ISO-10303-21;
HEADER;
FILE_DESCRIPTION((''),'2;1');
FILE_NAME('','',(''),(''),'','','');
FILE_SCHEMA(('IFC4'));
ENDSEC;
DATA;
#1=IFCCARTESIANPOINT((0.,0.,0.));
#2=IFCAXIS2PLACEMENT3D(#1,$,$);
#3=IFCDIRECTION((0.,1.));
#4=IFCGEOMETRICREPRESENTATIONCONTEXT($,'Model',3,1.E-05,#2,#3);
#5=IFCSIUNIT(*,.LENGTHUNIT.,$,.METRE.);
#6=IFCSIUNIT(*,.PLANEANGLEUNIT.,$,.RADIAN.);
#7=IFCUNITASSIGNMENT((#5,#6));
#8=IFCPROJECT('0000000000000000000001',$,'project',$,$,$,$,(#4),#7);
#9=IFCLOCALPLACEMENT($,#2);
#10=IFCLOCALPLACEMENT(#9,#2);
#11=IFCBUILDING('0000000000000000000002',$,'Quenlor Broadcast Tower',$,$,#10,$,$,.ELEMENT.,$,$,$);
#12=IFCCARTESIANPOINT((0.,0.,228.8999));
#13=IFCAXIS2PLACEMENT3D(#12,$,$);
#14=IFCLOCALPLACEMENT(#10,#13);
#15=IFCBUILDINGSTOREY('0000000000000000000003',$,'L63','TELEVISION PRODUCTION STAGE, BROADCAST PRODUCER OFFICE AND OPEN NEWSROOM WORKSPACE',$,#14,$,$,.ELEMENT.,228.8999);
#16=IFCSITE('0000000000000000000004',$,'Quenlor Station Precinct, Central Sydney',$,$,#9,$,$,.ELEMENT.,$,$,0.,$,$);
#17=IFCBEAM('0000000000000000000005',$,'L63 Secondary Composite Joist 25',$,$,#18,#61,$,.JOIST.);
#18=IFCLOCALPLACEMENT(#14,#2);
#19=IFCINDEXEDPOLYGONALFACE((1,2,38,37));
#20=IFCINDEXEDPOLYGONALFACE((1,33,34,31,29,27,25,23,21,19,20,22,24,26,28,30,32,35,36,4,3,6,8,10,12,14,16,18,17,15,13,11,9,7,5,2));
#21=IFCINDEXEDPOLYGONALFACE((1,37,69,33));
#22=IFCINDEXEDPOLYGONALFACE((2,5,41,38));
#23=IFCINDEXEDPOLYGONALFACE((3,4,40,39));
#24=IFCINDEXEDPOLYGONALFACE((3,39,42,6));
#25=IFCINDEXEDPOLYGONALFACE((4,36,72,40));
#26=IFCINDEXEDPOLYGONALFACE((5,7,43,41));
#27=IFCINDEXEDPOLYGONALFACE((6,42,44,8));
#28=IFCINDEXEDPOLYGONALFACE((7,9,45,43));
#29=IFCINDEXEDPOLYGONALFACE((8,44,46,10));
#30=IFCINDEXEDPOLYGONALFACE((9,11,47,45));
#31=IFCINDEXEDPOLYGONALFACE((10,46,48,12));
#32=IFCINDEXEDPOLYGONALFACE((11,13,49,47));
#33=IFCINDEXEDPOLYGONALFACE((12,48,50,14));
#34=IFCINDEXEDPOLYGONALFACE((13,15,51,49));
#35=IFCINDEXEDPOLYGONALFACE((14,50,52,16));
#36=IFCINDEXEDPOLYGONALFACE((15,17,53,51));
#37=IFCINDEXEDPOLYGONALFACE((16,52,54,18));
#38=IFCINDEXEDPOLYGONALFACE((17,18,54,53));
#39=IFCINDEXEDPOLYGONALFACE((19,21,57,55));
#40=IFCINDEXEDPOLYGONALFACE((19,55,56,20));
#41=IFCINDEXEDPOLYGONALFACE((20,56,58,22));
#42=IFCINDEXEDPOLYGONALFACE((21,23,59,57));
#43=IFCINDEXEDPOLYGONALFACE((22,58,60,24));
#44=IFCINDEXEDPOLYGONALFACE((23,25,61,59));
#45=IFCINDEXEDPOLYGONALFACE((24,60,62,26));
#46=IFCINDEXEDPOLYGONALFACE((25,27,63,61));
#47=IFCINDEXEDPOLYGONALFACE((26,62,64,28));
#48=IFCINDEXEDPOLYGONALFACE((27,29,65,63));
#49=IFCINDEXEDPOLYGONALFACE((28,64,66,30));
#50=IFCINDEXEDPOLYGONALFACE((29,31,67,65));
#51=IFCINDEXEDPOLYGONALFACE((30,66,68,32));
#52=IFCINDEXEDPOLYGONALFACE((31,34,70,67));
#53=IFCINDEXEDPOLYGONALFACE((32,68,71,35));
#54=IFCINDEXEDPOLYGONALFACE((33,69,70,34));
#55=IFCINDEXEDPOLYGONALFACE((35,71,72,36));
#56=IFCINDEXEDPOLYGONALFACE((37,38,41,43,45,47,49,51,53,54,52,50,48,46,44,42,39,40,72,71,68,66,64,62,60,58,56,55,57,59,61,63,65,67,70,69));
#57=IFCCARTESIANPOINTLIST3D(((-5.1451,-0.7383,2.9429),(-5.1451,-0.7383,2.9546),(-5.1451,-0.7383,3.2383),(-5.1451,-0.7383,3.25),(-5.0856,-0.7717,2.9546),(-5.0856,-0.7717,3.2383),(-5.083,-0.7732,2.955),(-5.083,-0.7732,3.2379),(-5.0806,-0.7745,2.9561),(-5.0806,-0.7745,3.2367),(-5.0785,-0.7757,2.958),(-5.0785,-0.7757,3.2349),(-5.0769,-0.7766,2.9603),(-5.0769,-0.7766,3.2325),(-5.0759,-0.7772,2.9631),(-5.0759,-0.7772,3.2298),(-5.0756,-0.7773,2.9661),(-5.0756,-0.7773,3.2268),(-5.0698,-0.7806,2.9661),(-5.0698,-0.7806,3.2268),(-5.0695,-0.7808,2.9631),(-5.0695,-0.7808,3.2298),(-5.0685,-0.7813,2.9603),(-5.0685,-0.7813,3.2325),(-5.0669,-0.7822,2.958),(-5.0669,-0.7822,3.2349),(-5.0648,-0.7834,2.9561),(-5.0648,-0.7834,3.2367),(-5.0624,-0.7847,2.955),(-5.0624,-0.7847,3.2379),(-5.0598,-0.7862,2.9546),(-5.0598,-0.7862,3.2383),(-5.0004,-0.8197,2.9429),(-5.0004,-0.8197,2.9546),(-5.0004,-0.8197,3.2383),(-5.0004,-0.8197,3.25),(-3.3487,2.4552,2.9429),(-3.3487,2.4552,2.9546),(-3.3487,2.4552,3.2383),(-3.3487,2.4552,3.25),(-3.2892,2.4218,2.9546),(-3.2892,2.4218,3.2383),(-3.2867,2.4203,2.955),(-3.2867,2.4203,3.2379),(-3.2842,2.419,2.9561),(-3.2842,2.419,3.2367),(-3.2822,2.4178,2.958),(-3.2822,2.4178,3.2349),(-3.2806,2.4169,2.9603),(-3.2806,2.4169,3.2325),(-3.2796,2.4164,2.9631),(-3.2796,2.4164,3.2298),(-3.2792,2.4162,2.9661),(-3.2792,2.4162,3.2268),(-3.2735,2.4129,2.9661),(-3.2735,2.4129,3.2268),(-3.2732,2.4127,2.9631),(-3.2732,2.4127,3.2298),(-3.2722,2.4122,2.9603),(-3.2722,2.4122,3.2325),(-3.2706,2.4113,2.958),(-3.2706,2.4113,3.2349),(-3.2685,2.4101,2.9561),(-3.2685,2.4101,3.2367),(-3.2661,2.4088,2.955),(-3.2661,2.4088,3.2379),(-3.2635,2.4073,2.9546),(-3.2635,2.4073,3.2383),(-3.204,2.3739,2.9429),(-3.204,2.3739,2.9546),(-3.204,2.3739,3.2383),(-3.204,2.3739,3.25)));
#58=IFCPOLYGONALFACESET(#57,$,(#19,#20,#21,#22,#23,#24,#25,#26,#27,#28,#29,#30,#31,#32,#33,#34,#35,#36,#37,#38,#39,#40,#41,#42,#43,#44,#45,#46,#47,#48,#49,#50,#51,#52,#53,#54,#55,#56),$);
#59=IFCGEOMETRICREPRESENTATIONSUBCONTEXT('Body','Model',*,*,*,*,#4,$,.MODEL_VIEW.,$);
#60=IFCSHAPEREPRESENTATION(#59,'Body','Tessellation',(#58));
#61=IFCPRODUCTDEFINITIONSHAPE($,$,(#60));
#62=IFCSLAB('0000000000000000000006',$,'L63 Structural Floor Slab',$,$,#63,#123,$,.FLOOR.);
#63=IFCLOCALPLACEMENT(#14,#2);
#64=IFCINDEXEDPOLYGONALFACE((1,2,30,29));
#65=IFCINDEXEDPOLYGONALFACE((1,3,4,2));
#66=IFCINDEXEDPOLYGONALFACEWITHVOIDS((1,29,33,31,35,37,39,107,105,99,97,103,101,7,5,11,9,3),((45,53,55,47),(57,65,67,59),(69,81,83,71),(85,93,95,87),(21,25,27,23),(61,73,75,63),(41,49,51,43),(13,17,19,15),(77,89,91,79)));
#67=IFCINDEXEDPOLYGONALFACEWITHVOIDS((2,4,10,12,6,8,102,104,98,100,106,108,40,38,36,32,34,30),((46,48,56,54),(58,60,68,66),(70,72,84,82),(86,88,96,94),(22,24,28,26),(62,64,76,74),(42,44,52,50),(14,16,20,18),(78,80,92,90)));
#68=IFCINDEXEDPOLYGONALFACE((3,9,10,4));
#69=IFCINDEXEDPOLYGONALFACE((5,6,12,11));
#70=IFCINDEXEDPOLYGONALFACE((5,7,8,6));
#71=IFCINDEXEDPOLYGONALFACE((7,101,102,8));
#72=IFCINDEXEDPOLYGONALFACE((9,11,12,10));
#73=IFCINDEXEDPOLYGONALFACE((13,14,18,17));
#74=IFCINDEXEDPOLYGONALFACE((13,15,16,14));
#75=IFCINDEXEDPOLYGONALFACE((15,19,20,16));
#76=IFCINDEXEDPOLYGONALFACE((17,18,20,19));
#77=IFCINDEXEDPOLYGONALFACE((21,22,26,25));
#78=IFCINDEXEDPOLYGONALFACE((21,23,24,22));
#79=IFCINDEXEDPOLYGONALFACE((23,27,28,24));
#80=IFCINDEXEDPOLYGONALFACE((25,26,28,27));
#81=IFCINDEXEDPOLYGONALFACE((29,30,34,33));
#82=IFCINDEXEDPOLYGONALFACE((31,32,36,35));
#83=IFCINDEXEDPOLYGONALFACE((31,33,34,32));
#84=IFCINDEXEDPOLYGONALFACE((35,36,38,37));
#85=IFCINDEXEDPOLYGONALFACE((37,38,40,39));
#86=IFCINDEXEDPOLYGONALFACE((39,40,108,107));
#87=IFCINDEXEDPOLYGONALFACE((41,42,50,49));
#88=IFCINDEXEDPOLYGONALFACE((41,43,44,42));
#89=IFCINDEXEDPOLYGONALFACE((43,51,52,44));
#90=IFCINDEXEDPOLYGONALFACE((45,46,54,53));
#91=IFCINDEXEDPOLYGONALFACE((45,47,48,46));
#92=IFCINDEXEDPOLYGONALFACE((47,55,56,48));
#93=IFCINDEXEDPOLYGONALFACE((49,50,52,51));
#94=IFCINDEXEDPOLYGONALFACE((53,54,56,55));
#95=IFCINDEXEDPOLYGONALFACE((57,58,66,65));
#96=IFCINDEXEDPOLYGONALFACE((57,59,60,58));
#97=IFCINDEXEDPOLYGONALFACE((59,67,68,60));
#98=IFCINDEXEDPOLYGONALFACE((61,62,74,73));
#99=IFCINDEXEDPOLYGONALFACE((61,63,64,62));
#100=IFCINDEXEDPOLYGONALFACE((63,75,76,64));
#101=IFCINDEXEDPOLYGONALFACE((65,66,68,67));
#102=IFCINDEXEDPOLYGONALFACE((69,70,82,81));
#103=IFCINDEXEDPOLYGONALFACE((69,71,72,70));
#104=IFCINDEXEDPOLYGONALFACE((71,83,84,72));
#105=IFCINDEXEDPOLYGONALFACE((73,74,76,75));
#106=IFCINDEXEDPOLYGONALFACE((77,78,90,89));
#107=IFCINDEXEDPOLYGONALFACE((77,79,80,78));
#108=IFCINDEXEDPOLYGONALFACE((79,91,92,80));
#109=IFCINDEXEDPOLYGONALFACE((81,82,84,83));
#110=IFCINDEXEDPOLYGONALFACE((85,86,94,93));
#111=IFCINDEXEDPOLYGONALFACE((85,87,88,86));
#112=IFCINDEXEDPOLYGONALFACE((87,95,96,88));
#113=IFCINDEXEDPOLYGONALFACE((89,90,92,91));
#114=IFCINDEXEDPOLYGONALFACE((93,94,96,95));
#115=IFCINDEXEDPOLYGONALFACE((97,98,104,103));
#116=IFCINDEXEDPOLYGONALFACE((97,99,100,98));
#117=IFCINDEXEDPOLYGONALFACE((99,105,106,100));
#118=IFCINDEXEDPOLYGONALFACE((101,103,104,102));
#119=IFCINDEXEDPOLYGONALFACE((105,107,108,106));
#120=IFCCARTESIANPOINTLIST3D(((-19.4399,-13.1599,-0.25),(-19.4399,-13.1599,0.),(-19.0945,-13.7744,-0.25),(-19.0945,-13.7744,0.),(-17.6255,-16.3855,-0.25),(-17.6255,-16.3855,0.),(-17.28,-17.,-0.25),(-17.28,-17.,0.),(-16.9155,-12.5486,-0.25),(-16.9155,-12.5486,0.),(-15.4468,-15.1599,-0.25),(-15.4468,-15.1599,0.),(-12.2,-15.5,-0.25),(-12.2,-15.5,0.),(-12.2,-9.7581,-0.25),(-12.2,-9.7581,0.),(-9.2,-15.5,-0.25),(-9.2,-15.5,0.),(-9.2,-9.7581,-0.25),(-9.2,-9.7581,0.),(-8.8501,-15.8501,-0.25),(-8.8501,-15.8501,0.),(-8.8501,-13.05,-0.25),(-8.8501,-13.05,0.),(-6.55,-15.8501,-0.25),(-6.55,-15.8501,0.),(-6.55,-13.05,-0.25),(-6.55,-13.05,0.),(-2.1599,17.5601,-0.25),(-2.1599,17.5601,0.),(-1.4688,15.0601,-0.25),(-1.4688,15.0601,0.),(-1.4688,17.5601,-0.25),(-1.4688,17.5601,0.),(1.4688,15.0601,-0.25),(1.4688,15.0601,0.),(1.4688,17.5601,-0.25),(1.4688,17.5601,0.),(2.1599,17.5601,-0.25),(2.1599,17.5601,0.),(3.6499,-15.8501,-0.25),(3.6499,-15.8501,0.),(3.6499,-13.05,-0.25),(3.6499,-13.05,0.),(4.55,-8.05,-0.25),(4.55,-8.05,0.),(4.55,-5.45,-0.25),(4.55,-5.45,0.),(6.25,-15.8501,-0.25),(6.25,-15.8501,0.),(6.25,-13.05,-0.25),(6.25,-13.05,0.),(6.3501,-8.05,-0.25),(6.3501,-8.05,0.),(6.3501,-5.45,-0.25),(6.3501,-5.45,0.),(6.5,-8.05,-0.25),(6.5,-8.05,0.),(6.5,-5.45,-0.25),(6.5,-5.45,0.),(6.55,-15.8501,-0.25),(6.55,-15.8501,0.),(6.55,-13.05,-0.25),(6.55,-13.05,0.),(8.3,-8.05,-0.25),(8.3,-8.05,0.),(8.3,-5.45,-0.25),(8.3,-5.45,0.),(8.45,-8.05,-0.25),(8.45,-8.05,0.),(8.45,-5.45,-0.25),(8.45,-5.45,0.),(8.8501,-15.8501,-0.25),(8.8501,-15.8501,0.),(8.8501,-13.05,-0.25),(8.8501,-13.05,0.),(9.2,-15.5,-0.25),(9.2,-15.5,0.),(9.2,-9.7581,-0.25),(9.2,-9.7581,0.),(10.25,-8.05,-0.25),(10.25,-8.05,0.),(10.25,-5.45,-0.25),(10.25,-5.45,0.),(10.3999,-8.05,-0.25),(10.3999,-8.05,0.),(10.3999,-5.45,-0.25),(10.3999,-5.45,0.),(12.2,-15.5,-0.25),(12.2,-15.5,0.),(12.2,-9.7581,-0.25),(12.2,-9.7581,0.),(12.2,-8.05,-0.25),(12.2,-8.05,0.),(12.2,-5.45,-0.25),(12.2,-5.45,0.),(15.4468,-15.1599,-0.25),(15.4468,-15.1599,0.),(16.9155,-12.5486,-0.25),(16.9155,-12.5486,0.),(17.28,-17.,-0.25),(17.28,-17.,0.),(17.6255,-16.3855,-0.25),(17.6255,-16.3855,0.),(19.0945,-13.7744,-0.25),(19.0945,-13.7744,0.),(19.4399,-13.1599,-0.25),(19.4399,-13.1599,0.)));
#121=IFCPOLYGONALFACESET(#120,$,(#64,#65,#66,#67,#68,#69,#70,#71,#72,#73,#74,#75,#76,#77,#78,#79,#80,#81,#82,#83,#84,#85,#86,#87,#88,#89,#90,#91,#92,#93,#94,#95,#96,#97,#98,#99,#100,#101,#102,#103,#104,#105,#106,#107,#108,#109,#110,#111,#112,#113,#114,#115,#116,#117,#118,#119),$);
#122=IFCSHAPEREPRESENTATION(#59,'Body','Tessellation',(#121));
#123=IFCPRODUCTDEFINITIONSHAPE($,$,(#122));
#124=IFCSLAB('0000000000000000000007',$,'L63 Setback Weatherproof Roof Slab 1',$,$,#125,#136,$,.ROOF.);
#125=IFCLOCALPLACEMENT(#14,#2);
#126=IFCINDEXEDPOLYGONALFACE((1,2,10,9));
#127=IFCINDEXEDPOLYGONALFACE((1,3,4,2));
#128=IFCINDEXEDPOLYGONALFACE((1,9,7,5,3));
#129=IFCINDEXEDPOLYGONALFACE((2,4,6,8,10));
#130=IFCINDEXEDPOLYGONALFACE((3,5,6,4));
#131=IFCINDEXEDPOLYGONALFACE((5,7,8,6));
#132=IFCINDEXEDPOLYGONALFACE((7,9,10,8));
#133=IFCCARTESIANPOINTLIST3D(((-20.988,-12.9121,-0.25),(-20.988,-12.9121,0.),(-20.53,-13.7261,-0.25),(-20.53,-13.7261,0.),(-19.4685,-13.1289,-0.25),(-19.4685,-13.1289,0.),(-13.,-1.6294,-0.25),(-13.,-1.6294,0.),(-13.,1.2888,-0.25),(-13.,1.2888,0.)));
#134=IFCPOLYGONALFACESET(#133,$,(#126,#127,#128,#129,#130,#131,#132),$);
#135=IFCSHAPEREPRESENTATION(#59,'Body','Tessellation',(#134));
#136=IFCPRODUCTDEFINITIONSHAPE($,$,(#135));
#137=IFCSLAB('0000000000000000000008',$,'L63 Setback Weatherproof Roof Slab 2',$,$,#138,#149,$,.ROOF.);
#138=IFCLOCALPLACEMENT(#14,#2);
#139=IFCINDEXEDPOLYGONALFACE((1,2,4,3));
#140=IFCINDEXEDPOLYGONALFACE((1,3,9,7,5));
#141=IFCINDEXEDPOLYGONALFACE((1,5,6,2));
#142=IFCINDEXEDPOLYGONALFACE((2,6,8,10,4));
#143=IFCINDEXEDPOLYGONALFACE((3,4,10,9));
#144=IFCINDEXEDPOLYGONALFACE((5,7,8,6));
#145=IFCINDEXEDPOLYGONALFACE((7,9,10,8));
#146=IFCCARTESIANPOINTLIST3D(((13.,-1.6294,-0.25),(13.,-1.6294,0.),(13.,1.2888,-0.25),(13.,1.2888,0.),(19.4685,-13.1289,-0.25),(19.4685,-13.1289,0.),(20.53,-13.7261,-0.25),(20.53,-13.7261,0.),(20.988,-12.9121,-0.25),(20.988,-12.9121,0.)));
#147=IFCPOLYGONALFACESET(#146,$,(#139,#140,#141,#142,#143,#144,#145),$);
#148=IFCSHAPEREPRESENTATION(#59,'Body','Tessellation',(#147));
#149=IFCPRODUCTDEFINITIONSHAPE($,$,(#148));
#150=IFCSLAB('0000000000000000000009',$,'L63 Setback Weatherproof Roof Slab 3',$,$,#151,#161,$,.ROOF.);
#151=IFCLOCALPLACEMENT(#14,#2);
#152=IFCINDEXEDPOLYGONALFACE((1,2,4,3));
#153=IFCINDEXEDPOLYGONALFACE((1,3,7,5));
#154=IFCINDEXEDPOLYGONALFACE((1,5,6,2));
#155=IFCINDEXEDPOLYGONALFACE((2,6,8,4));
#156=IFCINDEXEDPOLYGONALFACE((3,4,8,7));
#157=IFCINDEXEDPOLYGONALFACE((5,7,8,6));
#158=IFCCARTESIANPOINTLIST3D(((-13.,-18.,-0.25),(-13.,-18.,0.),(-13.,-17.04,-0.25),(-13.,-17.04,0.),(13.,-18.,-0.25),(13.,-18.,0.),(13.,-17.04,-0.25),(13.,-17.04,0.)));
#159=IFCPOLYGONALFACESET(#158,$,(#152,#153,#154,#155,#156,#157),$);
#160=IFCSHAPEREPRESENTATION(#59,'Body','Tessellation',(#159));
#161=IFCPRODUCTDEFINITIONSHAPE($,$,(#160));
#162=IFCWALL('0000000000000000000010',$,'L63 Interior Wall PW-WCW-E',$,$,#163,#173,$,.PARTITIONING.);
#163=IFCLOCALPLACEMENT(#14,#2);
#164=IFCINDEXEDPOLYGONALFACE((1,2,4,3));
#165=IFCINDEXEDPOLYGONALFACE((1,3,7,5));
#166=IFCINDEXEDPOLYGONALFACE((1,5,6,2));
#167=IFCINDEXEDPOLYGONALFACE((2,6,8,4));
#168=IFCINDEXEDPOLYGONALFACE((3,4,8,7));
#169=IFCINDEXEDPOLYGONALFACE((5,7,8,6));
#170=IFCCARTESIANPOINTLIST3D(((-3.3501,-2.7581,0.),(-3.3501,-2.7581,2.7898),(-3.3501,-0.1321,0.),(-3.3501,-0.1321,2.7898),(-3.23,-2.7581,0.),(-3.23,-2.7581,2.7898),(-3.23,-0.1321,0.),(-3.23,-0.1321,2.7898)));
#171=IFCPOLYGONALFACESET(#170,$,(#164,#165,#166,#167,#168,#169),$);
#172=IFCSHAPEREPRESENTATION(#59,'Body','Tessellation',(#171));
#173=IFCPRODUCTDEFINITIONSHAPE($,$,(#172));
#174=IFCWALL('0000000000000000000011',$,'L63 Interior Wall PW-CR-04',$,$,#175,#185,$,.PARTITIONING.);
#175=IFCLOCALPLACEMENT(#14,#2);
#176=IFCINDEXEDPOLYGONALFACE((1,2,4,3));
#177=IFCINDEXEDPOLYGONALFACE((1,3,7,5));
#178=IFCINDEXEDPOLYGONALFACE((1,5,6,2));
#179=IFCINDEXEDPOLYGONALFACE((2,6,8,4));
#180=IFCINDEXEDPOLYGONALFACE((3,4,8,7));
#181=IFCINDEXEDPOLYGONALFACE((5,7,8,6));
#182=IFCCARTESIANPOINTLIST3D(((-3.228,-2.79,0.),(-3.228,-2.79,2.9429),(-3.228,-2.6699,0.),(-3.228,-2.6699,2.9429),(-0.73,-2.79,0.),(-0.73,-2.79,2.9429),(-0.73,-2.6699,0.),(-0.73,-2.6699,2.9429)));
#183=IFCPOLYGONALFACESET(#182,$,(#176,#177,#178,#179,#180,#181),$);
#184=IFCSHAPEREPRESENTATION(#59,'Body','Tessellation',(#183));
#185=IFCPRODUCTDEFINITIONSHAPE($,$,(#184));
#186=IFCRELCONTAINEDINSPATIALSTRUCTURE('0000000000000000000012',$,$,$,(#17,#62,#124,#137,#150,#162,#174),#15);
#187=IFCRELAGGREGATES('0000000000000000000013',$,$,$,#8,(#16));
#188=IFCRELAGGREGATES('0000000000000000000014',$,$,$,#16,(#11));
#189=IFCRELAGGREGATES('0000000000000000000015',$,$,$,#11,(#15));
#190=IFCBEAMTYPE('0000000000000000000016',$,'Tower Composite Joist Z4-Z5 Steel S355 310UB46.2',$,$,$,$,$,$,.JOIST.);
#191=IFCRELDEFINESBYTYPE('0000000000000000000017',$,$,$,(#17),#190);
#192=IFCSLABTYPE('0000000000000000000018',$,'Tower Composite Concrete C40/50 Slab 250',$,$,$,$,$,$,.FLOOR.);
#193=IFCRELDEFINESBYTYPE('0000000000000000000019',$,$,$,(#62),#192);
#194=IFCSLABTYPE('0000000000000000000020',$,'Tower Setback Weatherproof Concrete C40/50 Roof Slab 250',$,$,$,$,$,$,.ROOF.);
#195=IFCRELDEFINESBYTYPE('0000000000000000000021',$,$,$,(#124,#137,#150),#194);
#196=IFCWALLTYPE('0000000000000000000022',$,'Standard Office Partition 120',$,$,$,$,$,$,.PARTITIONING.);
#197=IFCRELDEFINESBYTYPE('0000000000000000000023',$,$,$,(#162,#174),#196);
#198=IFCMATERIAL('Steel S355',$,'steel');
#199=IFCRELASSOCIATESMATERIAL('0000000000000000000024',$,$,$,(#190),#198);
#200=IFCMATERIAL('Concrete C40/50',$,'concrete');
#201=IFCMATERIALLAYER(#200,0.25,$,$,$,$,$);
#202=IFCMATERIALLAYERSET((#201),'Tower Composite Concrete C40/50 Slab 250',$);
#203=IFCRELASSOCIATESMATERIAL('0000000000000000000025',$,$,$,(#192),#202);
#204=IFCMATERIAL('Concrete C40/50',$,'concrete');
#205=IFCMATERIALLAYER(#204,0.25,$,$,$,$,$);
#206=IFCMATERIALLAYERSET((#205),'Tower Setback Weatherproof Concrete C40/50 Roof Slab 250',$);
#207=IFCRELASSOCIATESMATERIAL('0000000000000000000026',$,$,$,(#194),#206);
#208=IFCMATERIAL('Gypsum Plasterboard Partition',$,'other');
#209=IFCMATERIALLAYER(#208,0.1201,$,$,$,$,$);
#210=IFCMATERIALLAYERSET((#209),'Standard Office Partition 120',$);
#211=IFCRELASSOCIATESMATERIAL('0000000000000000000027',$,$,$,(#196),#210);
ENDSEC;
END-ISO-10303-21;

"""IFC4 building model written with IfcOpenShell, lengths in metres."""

from ifc_helpers import new_model, si_unit, direction, frame, frame_2d, origin, origin_2d, place, context, subcontext, project, spatial, polyline, rectangle, i_section, outline, extrude, material, layer, layer_set, material_profile, profile_set, type_object, element, save


model = new_model("IFC4")

# Units and contexts
model_context = context("Model", 3, precision=1e-05, world=origin(), true_north=direction((0.0, 1.0)))
body_context = subcontext(model_context, "Body", "Model", "MODEL_VIEW")
ifc_project = project(units=[si_unit("LENGTHUNIT", "METRE"), si_unit("PLANEANGLEUNIT", "RADIAN")], contexts=[model_context])

# Site, building, storey
site_placement = place(None, origin())
site = spatial("IfcSite", under=ifc_project, at=site_placement, Name="Quenlor Station Precinct, Central Sydney", CompositionType="ELEMENT", RefElevation=0.0)
building_placement = place(site_placement, origin())
building = spatial("IfcBuilding", under=site, at=building_placement, Name="Quenlor Broadcast Tower", CompositionType="ELEMENT")
storey_placement = place(building_placement, frame((0.0, 0.0, 228.8999)))
storey = spatial("IfcBuildingStorey", under=building, at=storey_placement, Name="L63", Description="TELEVISION PRODUCTION STAGE, BROADCAST PRODUCER OFFICE AND OPEN NEWSROOM WORKSPACE", CompositionType="ELEMENT", Elevation=228.8999)

# Beam
ifc_material_1 = material(Name="Steel S355", Category="steel")
ifc_material_profile = material_profile(ifc_material_1, i_section(OverallWidth=0.166, OverallDepth=0.3071, WebThickness=0.0066, FlangeThickness=0.0117, FilletRadius=0.0115, at=origin_2d()))
ifc_profile_set = profile_set([ifc_material_profile], Name="Steel S355 310UB46.2")
beam_type = type_object("IfcBeamType", Name="Tower Composite Joist Z4-Z5 Steel S355 310UB46.2", PredefinedType="JOIST", material=ifc_profile_set)
beam_placement = place(storey_placement, frame((-3.2764, 2.4146, 3.0964), z_axis=(-0.490258, -0.871577, 0.0), x_axis=(0.871577, -0.490258, 0.0)))
element("IfcBeam", 1, at=beam_placement, inside=storey, type_object=beam_type, Name="L63 Secondary Composite Joist 25", PredefinedType="JOIST", context=body_context, shape_type="SweptSolid", body=[
    extrude(i_section(OverallWidth=0.166, OverallDepth=0.3071, WebThickness=0.0066, FlangeThickness=0.0117, FilletRadius=0.0115, at=origin_2d()), origin(), (0.0, 0.0, 1.0), 3.6641),
])

# Slabs
ifc_material_2 = material(Name="Concrete C40/50", Category="concrete")
ifc_layer_1 = layer(ifc_material_2, 0.25)
ifc_layer_set_1 = layer_set([ifc_layer_1], Name="Tower Composite Concrete C40/50 Slab 250")
slab_type_1 = type_object("IfcSlabType", Name="Tower Composite Concrete C40/50 Slab 250", PredefinedType="FLOOR", material=ifc_layer_set_1)
slab_1_placement = place(storey_placement, frame((0.0, 0.0, -0.25)))
element("IfcSlab", 2, at=slab_1_placement, inside=storey, type_object=slab_type_1, Name="L63 Structural Floor Slab", PredefinedType="FLOOR", context=body_context, shape_type="SweptSolid", body=[
    extrude(outline(polyline([(17.28, -17.0), (17.6255, -16.3855), (15.4468, -15.1599), (16.9155, -12.5486), (19.0945, -13.7744), (19.4399, -13.1599), (2.1599, 17.5601), (1.4688, 17.5601), (1.4688, 15.0601), (-1.4688, 15.0601), (-1.4688, 17.5601), (-2.1599, 17.5601), (-19.4399, -13.1599), (-19.0945, -13.7744), (-16.9155, -12.5486), (-15.4468, -15.1599), (-17.6255, -16.3855), (-17.28, -17.0), (17.28, -17.0)]), holes=[polyline([(-12.2, -9.7581), (-12.2, -15.5), (-9.2, -15.5), (-9.2, -9.7581), (-12.2, -9.7581)]), polyline([(9.2, -9.7581), (9.2, -15.5), (12.2, -15.5), (12.2, -9.7581), (9.2, -9.7581)]), polyline([(4.55, -8.05), (6.3501, -8.05), (6.3501, -5.45), (4.55, -5.45), (4.55, -8.05)]), polyline([(6.5, -8.05), (8.3, -8.05), (8.3, -5.45), (6.5, -5.45), (6.5, -8.05)]), polyline([(8.45, -8.05), (10.25, -8.05), (10.25, -5.45), (8.45, -5.45), (8.45, -8.05)]), polyline([(10.3999, -8.05), (12.2, -8.05), (12.2, -5.45), (10.3999, -5.45), (10.3999, -8.05)]), polyline([(-8.8501, -15.8501), (-6.55, -15.8501), (-6.55, -13.05), (-8.8501, -13.05), (-8.8501, -15.8501)]), polyline([(6.55, -15.8501), (8.8501, -15.8501), (8.8501, -13.05), (6.55, -13.05), (6.55, -15.8501)]), polyline([(3.6499, -15.8501), (6.25, -15.8501), (6.25, -13.05), (3.6499, -13.05), (3.6499, -15.8501)])]), origin(), (0.0, 0.0, 1.0), 0.25),
])
ifc_material_3 = material(Name="Concrete C40/50", Category="concrete")
ifc_layer_2 = layer(ifc_material_3, 0.25)
ifc_layer_set_2 = layer_set([ifc_layer_2], Name="Tower Setback Weatherproof Concrete C40/50 Roof Slab 250")
slab_type_2 = type_object("IfcSlabType", Name="Tower Setback Weatherproof Concrete C40/50 Roof Slab 250", PredefinedType="ROOF", material=ifc_layer_set_2)
slab_2_placement = place(storey_placement, frame((0.0, 0.0, -0.25)))
element("IfcSlab", 3, at=slab_2_placement, inside=storey, type_object=slab_type_2, Name="L63 Setback Weatherproof Roof Slab 1", PredefinedType="ROOF", context=body_context, shape_type="SweptSolid", body=[
    extrude(outline(polyline([(-20.988, -12.9121), (-13.0, 1.2888), (-13.0, -1.6294), (-19.4685, -13.1289), (-20.53, -13.7261), (-20.988, -12.9121)])), origin(), (0.0, 0.0, 1.0), 0.25),
])
slab_3_placement = place(storey_placement, frame((0.0, 0.0, -0.25)))
element("IfcSlab", 4, at=slab_3_placement, inside=storey, type_object=slab_type_2, Name="L63 Setback Weatherproof Roof Slab 2", PredefinedType="ROOF", context=body_context, shape_type="SweptSolid", body=[
    extrude(outline(polyline([(20.988, -12.9121), (20.53, -13.7261), (19.4685, -13.1289), (13.0, -1.6294), (13.0, 1.2888), (20.988, -12.9121)])), origin(), (0.0, 0.0, 1.0), 0.25),
])
slab_4_placement = place(storey_placement, frame((0.0, 0.0, -0.25)))
element("IfcSlab", 5, at=slab_4_placement, inside=storey, type_object=slab_type_2, Name="L63 Setback Weatherproof Roof Slab 3", PredefinedType="ROOF", context=body_context, shape_type="SweptSolid", body=[
    extrude(outline(polyline([(-13.0, -18.0), (-13.0, -17.04), (13.0, -17.04), (13.0, -18.0), (-13.0, -18.0)])), origin(), (0.0, 0.0, 1.0), 0.25),
])

# Walls
ifc_material_4 = material(Name="Gypsum Plasterboard Partition", Category="other")
ifc_layer_3 = layer(ifc_material_4, 0.1201)
ifc_layer_set_3 = layer_set([ifc_layer_3], Name="Standard Office Partition 120")
wall_type = type_object("IfcWallType", Name="Standard Office Partition 120", PredefinedType="PARTITIONING", material=ifc_layer_set_3)
wall_1_placement = place(storey_placement, frame((-3.29, -2.7581, 0.0), z_axis=(0.0, 0.0, 1.0), x_axis=(0.0, 1.0, 0.0)))
element("IfcWall", 6, at=wall_1_placement, inside=storey, type_object=wall_type, Name="L63 Interior Wall PW-WCW-E", PredefinedType="PARTITIONING", context=body_context, shape_type="SweptSolid", body=[
    extrude(rectangle(XDim=2.626, YDim=0.1201, at=frame_2d((1.313, 0.0))), origin(), (0.0, 0.0, 1.0), 2.7898),
])
wall_2_placement = place(storey_placement, frame((-3.228, -2.73, 0.0), z_axis=(0.0, 0.0, 1.0), x_axis=(1.0, 0.0, 0.0)))
element("IfcWall", 7, at=wall_2_placement, inside=storey, type_object=wall_type, Name="L63 Interior Wall PW-CR-04", PredefinedType="PARTITIONING", context=body_context, shape_type="SweptSolid", body=[
    extrude(rectangle(XDim=2.498, YDim=0.1201, at=frame_2d((1.249, 0.0))), origin(), (0.0, 0.0, 1.0), 2.9429),
])

save(model, "model.ifc")
